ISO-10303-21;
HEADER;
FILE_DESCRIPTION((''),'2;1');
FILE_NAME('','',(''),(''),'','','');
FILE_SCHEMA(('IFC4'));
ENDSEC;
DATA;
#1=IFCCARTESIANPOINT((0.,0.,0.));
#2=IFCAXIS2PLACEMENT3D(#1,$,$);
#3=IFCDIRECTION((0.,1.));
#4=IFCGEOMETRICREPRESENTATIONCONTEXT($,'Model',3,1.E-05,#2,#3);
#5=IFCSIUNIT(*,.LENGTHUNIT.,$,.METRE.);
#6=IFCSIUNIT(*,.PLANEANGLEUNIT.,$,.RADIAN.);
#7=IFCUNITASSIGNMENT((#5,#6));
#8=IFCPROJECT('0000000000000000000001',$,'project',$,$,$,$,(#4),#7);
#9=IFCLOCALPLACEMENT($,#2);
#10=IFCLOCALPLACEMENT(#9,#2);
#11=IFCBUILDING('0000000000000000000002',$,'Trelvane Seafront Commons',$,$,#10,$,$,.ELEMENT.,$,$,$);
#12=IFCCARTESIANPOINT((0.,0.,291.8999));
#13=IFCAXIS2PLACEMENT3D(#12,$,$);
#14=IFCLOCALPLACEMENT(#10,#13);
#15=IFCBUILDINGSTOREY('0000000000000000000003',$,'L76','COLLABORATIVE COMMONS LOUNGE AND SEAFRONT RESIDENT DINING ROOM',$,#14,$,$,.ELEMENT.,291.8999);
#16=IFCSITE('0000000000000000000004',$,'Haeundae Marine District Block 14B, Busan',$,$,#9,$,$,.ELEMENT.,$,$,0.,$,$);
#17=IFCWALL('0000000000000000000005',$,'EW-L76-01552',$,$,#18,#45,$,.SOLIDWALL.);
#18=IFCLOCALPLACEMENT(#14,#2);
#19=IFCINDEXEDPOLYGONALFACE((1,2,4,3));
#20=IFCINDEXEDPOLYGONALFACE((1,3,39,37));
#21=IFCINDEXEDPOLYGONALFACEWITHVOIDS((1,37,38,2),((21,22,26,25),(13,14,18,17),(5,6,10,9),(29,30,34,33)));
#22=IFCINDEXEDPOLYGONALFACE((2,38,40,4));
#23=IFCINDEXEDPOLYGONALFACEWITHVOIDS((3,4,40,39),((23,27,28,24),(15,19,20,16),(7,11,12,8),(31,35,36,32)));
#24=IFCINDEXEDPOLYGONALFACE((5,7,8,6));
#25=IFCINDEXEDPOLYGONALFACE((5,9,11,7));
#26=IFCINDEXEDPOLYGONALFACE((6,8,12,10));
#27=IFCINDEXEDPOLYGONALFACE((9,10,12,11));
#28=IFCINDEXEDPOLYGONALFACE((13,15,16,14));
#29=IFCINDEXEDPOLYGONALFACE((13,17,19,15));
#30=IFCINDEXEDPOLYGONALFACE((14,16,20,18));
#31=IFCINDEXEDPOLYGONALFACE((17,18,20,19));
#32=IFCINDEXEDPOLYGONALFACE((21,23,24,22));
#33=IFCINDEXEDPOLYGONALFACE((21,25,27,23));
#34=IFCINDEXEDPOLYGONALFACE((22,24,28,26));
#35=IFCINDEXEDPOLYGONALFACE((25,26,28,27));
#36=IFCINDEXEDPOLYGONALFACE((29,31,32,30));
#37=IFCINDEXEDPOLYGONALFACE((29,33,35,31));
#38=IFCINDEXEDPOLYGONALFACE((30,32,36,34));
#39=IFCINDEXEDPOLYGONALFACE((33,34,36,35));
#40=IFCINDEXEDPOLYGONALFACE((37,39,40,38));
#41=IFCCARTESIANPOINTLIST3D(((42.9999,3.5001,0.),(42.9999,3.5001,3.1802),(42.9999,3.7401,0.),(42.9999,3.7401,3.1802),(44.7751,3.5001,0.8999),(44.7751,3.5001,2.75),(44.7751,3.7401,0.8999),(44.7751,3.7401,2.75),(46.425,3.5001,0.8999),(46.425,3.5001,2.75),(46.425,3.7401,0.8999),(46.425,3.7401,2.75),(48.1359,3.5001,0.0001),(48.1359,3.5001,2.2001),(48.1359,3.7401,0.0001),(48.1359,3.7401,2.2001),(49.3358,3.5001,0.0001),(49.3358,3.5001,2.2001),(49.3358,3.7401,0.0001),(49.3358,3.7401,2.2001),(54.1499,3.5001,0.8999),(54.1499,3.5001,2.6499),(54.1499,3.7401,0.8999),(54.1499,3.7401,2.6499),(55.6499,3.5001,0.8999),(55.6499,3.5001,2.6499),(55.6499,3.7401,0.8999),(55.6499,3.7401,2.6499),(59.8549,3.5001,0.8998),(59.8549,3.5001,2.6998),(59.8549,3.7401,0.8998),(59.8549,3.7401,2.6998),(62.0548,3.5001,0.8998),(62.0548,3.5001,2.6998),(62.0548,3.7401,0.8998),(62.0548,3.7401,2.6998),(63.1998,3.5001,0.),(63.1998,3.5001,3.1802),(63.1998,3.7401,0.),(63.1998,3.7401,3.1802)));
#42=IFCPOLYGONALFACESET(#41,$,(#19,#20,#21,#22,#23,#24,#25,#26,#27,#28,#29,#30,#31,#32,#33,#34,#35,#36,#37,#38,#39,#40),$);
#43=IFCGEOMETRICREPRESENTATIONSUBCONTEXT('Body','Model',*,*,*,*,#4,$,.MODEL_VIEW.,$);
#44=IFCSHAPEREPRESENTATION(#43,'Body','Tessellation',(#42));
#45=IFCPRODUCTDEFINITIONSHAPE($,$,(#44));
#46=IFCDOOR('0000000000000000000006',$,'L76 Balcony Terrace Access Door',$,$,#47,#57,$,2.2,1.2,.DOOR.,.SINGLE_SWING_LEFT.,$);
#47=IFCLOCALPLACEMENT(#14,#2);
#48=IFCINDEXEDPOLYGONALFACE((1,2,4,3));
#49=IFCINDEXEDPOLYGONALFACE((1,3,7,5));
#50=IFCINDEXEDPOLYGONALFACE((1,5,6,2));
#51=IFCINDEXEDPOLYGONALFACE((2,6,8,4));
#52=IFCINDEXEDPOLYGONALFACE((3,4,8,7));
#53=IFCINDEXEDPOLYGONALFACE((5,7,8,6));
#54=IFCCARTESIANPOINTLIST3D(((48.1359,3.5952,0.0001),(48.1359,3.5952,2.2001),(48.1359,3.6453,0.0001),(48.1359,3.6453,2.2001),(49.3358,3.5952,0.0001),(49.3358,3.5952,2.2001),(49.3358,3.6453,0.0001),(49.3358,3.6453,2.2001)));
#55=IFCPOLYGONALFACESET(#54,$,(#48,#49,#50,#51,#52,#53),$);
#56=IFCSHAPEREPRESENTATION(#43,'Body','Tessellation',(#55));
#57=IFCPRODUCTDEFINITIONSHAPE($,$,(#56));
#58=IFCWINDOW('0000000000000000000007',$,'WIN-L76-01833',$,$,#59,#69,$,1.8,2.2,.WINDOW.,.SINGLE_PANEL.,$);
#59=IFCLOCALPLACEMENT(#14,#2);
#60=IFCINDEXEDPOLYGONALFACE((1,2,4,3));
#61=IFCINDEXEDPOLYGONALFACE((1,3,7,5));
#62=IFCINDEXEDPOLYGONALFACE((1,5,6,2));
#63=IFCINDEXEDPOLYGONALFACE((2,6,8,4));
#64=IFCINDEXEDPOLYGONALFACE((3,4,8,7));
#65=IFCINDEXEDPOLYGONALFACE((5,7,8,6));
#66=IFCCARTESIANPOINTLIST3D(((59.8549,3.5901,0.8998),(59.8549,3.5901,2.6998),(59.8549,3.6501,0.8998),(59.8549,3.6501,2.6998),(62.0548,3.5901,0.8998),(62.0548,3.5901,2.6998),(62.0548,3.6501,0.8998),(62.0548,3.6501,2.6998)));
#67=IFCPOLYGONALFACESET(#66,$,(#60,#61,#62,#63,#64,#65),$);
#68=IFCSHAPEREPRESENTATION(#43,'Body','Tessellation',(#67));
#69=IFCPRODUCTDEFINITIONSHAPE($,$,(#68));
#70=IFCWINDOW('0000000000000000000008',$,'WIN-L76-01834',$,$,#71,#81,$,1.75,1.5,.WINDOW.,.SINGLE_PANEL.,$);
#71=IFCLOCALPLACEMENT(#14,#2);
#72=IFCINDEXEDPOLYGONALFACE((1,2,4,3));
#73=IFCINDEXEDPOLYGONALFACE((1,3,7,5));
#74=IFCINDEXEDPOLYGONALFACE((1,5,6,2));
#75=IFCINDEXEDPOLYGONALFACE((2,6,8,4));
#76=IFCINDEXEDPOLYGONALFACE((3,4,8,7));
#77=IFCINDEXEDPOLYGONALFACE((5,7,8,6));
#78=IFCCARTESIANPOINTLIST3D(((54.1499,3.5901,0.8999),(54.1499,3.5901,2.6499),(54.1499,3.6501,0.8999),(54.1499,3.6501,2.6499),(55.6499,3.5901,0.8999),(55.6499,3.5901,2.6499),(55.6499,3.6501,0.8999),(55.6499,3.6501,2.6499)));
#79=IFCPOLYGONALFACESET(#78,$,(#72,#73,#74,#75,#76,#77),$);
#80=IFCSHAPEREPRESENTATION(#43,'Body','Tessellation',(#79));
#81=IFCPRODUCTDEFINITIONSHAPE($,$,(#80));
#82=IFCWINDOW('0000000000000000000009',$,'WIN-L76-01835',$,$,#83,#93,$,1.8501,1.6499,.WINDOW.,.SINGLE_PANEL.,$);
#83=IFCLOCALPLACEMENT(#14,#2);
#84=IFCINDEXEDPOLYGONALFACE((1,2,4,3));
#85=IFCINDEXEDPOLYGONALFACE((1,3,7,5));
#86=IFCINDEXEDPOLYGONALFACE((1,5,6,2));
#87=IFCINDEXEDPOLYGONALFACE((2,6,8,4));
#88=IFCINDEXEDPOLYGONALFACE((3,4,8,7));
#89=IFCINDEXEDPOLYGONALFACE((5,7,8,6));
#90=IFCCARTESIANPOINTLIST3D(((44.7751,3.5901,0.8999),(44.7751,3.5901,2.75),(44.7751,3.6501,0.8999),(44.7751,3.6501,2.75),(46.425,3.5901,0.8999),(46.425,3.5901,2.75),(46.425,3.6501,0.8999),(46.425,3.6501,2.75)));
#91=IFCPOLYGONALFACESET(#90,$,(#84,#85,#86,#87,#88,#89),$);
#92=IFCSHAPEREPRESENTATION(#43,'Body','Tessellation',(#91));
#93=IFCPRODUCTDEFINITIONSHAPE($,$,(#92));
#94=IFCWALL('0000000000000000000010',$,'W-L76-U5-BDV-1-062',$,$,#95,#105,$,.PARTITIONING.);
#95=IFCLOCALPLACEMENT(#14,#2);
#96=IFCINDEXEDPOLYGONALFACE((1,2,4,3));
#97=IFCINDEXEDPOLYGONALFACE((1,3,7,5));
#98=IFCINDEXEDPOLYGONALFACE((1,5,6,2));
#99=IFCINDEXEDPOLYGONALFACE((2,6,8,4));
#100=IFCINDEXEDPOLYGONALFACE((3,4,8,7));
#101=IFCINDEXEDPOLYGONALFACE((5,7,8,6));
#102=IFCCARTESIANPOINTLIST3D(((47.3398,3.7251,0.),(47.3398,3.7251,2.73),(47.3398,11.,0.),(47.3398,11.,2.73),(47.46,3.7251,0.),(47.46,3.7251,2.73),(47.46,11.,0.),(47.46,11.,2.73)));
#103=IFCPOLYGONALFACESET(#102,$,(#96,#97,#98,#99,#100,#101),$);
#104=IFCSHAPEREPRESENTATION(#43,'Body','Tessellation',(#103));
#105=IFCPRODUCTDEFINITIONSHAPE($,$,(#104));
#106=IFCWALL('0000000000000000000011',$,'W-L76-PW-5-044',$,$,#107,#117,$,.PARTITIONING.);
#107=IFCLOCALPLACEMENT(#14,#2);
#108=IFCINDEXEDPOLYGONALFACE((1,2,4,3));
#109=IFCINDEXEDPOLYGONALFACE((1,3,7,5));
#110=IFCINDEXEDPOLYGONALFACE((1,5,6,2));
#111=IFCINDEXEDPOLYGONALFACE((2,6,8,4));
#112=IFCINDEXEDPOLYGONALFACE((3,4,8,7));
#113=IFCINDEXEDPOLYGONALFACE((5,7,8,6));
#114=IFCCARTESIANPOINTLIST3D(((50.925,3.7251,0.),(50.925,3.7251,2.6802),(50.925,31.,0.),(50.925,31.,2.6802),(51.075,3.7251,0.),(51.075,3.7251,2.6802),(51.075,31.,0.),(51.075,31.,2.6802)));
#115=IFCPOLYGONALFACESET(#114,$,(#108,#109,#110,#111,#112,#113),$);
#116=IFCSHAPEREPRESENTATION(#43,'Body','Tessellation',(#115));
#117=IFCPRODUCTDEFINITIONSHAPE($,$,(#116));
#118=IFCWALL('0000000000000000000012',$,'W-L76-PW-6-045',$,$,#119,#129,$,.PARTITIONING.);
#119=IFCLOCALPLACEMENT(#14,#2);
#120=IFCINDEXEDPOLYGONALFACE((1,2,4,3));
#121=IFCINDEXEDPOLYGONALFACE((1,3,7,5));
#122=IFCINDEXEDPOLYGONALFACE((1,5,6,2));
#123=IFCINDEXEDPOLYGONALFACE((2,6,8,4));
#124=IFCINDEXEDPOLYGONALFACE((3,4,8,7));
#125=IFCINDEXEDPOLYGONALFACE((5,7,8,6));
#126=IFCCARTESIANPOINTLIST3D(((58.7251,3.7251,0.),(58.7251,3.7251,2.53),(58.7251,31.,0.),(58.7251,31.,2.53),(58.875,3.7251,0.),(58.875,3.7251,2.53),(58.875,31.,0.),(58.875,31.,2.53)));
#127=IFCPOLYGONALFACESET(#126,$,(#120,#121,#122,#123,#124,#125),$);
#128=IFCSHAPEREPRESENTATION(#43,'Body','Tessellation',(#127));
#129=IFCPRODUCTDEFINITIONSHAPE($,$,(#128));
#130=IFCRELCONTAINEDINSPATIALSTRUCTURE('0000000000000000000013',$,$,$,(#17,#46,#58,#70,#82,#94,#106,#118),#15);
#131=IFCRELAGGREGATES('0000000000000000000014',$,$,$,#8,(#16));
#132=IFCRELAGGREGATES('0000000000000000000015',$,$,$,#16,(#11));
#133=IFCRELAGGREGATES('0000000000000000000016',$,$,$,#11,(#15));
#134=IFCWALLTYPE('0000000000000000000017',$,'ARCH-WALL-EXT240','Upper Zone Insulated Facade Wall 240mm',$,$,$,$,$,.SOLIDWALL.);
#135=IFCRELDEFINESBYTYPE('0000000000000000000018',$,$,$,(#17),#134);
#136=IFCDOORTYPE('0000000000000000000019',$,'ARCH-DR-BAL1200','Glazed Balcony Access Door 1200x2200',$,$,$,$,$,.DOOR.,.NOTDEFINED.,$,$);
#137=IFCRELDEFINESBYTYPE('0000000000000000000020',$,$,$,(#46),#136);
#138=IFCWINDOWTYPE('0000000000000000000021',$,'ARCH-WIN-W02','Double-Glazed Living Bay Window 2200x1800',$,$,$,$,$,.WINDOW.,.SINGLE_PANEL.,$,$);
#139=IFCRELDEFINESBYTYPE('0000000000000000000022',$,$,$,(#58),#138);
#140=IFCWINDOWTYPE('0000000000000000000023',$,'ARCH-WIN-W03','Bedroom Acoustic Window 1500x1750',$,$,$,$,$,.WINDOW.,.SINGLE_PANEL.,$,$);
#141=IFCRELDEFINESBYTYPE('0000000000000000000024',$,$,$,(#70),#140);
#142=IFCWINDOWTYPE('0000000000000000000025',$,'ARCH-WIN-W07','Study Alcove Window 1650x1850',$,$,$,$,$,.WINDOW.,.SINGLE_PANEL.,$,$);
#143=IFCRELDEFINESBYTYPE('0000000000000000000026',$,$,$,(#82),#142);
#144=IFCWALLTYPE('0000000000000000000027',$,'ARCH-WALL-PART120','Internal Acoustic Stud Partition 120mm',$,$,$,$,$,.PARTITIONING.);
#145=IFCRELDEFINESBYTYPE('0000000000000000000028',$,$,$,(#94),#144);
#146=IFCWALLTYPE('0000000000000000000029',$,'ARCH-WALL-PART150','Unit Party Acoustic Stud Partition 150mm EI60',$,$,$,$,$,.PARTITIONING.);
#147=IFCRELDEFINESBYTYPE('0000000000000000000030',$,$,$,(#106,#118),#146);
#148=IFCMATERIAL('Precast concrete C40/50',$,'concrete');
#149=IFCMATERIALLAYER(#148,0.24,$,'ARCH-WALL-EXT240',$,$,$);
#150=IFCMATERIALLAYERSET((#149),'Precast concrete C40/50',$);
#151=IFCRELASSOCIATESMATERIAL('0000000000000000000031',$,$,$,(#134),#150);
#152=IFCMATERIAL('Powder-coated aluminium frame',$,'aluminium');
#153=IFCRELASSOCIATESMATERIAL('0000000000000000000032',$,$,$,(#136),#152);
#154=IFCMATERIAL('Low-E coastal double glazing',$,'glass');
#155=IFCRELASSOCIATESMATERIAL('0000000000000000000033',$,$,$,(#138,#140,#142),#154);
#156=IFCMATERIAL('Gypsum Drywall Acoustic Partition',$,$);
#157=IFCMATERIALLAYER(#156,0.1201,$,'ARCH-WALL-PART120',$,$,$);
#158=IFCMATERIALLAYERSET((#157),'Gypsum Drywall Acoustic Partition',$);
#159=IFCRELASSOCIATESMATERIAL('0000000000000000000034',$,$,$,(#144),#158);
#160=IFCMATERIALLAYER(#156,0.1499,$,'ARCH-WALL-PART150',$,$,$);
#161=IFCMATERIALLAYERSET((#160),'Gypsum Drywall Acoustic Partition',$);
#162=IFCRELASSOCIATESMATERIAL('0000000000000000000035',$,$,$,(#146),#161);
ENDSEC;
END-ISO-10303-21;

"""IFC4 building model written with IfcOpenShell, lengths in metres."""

from ifc_helpers import new_model, si_unit, direction, frame, frame_2d, origin, place, context, subcontext, project, spatial, rectangle, extrude, source, transform, mapped, material, layer, layer_set, type_object, element, fill, save


model = new_model("IFC4")

# Units and contexts
model_context = context("Model", 3, precision=1e-05, world=origin(), true_north=direction((0.0, 1.0)))
body_context = subcontext(model_context, "Body", "Model", "MODEL_VIEW")
ifc_project = project(units=[si_unit("LENGTHUNIT", "METRE"), si_unit("PLANEANGLEUNIT", "RADIAN")], contexts=[model_context])

# Site, building, storey
site_placement = place(None, origin())
site = spatial("IfcSite", under=ifc_project, at=site_placement, Name="Haeundae Marine District Block 14B, Busan", CompositionType="ELEMENT", RefElevation=0.0)
building_placement = place(site_placement, origin())
building = spatial("IfcBuilding", under=site, at=building_placement, Name="Trelvane Seafront Commons", CompositionType="ELEMENT")
storey_placement = place(building_placement, frame((0.0, 0.0, 291.8999)))
storey = spatial("IfcBuildingStorey", under=building, at=storey_placement, Name="L76", Description="COLLABORATIVE COMMONS LOUNGE AND SEAFRONT RESIDENT DINING ROOM", CompositionType="ELEMENT", Elevation=291.8999)

# Shared definitions
ifc_material_1 = material(Name="Precast concrete C40/50", Category="concrete")
ifc_layer_1 = layer(ifc_material_1, 0.24, Name="ARCH-WALL-EXT240")
ifc_layer_set_1 = layer_set([ifc_layer_1], Name="Precast concrete C40/50")
wall_type_1 = type_object("IfcWallType", Name="ARCH-WALL-EXT240", Description="Upper Zone Insulated Facade Wall 240mm", PredefinedType="SOLIDWALL", material=ifc_layer_set_1)

# Wall, openings, door, windows
wall_1_placement = place(storey_placement, frame((63.2, 3.6201, 0.0), z_axis=(0.0, 0.0, 1.0), x_axis=(-1.0, 0.0, 0.0)))
wall_1 = element("IfcWall", 1, at=wall_1_placement, inside=storey, type_object=wall_type_1, Name="EW-L76-01552", PredefinedType="SOLIDWALL", context=body_context, shape_type="SweptSolid", body=[
    extrude(rectangle(XDim=20.2, YDim=0.24, at=frame_2d((10.1001, 0.0))), origin(), (0.0, 0.0, 1.0), 3.1802),
])
opening_1_placement = place(wall_1_placement, frame((1.145, 0.0, 0.8999)))
opening_1 = element("IfcOpeningElement", 2, at=opening_1_placement, cuts=wall_1, PredefinedType="OPENING", context=body_context, shape_type="SweptSolid", body=[
    extrude(rectangle(XDim=2.2, YDim=1.8, at=frame_2d((1.1001, 0.8999))), frame((0.0, 0.1299, 0.0), z_axis=(0.0, -1.0, 0.0), x_axis=(1.0, 0.0, 0.0)), (0.0, 0.0, 1.0), 0.26),
])
opening_2_placement = place(wall_1_placement, frame((7.55, 0.0, 0.8999)))
opening_2 = element("IfcOpeningElement", 3, at=opening_2_placement, cuts=wall_1, PredefinedType="OPENING", context=body_context, shape_type="SweptSolid", body=[
    extrude(rectangle(XDim=1.5, YDim=1.75, at=frame_2d((0.75, 0.875))), frame((0.0, 0.1299, 0.0), z_axis=(0.0, -1.0, 0.0), x_axis=(1.0, 0.0, 0.0)), (0.0, 0.0, 1.0), 0.26),
])
opening_3_placement = place(wall_1_placement, frame((13.864, 0.0, 0.0)))
opening_3 = element("IfcOpeningElement", 4, at=opening_3_placement, cuts=wall_1, PredefinedType="OPENING", context=body_context, shape_type="SweptSolid", body=[
    extrude(rectangle(XDim=1.2, YDim=2.2, at=frame_2d((0.6001, 1.1001))), frame((0.0, 0.1299, 0.0), z_axis=(0.0, -1.0, 0.0), x_axis=(1.0, 0.0, 0.0)), (0.0, 0.0, 1.0), 0.26),
])
opening_4_placement = place(wall_1_placement, frame((16.7749, 0.0, 0.8999)))
opening_4 = element("IfcOpeningElement", 5, at=opening_4_placement, cuts=wall_1, PredefinedType="OPENING", context=body_context, shape_type="SweptSolid", body=[
    extrude(rectangle(XDim=1.6499, YDim=1.8501, at=frame_2d((0.825, 0.925))), frame((0.0, 0.1299, 0.0), z_axis=(0.0, -1.0, 0.0), x_axis=(1.0, 0.0, 0.0)), (0.0, 0.0, 1.0), 0.26),
])
ifc_material_2 = material(Name="Powder-coated aluminium frame", Category="aluminium")
door_type = type_object("IfcDoorType", Name="ARCH-DR-BAL1200", Description="Glazed Balcony Access Door 1200x2200", OperationType="NOTDEFINED", PredefinedType="DOOR", material=ifc_material_2)
shared_shape_1 = source(origin(), body_context, "Body", "SweptSolid", [
    extrude(rectangle(XDim=1.2, YDim=2.2, at=frame_2d((0.6001, 1.1001))), frame((0.0, 0.0249, 0.0), z_axis=(0.0, -1.0, 0.0), x_axis=(1.0, 0.0, 0.0)), (0.0, 0.0, 1.0), 0.05),
])
door_placement = place(opening_3_placement, origin())
door = element("IfcDoor", 6, at=door_placement, inside=storey, type_object=door_type, Name="L76 Balcony Terrace Access Door", OperationType="SINGLE_SWING_LEFT", OverallHeight=2.2, OverallWidth=1.2, PredefinedType="DOOR", context=body_context, shape_type="MappedRepresentation", body=[
    mapped(shared_shape_1, transform((0.0, 0.0, 0.0), x_axis=(1.0, 0.0, 0.0), y_axis=(0.0, 1.0, 0.0), z_axis=(0.0, 0.0, 1.0), scale=1.0)),
])
fill(opening_3, door)
ifc_material_3 = material(Name="Low-E coastal double glazing", Category="glass")
window_type_1 = type_object("IfcWindowType", Name="ARCH-WIN-W02", Description="Double-Glazed Living Bay Window 2200x1800", PartitioningType="SINGLE_PANEL", PredefinedType="WINDOW", material=ifc_material_3)
shared_shape_2 = source(origin(), body_context, "Body", "SweptSolid", [
    extrude(rectangle(XDim=2.2, YDim=1.8, at=frame_2d((1.1001, 0.8999))), frame((0.0, 0.03, 0.0), z_axis=(0.0, -1.0, 0.0), x_axis=(1.0, 0.0, 0.0)), (0.0, 0.0, 1.0), 0.0601),
])
window_1_placement = place(opening_1_placement, origin())
window_1 = element("IfcWindow", 7, at=window_1_placement, inside=storey, type_object=window_type_1, Name="WIN-L76-01833", OverallHeight=1.8, OverallWidth=2.2, PartitioningType="SINGLE_PANEL", PredefinedType="WINDOW", context=body_context, shape_type="MappedRepresentation", body=[
    mapped(shared_shape_2, transform((0.0, 0.0, 0.0), x_axis=(1.0, 0.0, 0.0), y_axis=(0.0, 1.0, 0.0), z_axis=(0.0, 0.0, 1.0), scale=1.0)),
])
fill(opening_1, window_1)
window_type_2 = type_object("IfcWindowType", Name="ARCH-WIN-W03", Description="Bedroom Acoustic Window 1500x1750", PartitioningType="SINGLE_PANEL", PredefinedType="WINDOW", material=ifc_material_3)
shared_shape_3 = source(origin(), body_context, "Body", "SweptSolid", [
    extrude(rectangle(XDim=1.5, YDim=1.75, at=frame_2d((0.75, 0.875))), frame((0.0, 0.03, 0.0), z_axis=(0.0, -1.0, 0.0), x_axis=(1.0, 0.0, 0.0)), (0.0, 0.0, 1.0), 0.0601),
])
window_2_placement = place(opening_2_placement, origin())
window_2 = element("IfcWindow", 8, at=window_2_placement, inside=storey, type_object=window_type_2, Name="WIN-L76-01834", OverallHeight=1.75, OverallWidth=1.5, PartitioningType="SINGLE_PANEL", PredefinedType="WINDOW", context=body_context, shape_type="MappedRepresentation", body=[
    mapped(shared_shape_3, transform((0.0, 0.0, 0.0), x_axis=(1.0, 0.0, 0.0), y_axis=(0.0, 1.0, 0.0), z_axis=(0.0, 0.0, 1.0), scale=1.0)),
])
fill(opening_2, window_2)
window_type_3 = type_object("IfcWindowType", Name="ARCH-WIN-W07", Description="Study Alcove Window 1650x1850", PartitioningType="SINGLE_PANEL", PredefinedType="WINDOW", material=ifc_material_3)
shared_shape_4 = source(origin(), body_context, "Body", "SweptSolid", [
    extrude(rectangle(XDim=1.6499, YDim=1.8501, at=frame_2d((0.825, 0.925))), frame((0.0, 0.03, 0.0), z_axis=(0.0, -1.0, 0.0), x_axis=(1.0, 0.0, 0.0)), (0.0, 0.0, 1.0), 0.0601),
])
window_3_placement = place(opening_4_placement, origin())
window_3 = element("IfcWindow", 9, at=window_3_placement, inside=storey, type_object=window_type_3, Name="WIN-L76-01835", OverallHeight=1.8501, OverallWidth=1.6499, PartitioningType="SINGLE_PANEL", PredefinedType="WINDOW", context=body_context, shape_type="MappedRepresentation", body=[
    mapped(shared_shape_4, transform((0.0, 0.0, 0.0), x_axis=(1.0, 0.0, 0.0), y_axis=(0.0, 1.0, 0.0), z_axis=(0.0, 0.0, 1.0), scale=1.0)),
])
fill(opening_4, window_3)

# Walls
ifc_material_4 = material(Name="Gypsum Drywall Acoustic Partition")
ifc_layer_2 = layer(ifc_material_4, 0.1201, Name="ARCH-WALL-PART120")
ifc_layer_set_2 = layer_set([ifc_layer_2], Name="Gypsum Drywall Acoustic Partition")
wall_type_2 = type_object("IfcWallType", Name="ARCH-WALL-PART120", Description="Internal Acoustic Stud Partition 120mm", PredefinedType="PARTITIONING", material=ifc_layer_set_2)
wall_2_placement = place(storey_placement, frame((47.3999, 3.7251, 0.0), z_axis=(0.0, 0.0, 1.0), x_axis=(0.0, 1.0, 0.0)))
element("IfcWall", 10, at=wall_2_placement, inside=storey, type_object=wall_type_2, Name="W-L76-U5-BDV-1-062", PredefinedType="PARTITIONING", context=body_context, shape_type="SweptSolid", body=[
    extrude(rectangle(XDim=7.2749, YDim=0.1201, at=frame_2d((3.6375, 0.0))), origin(), (0.0, 0.0, 1.0), 2.73),
])
ifc_layer_3 = layer(ifc_material_4, 0.1499, Name="ARCH-WALL-PART150")
ifc_layer_set_3 = layer_set([ifc_layer_3], Name="Gypsum Drywall Acoustic Partition")
wall_type_3 = type_object("IfcWallType", Name="ARCH-WALL-PART150", Description="Unit Party Acoustic Stud Partition 150mm EI60", PredefinedType="PARTITIONING", material=ifc_layer_set_3)
wall_3_placement = place(storey_placement, frame((51.0, 3.7251, 0.0), z_axis=(0.0, 0.0, 1.0), x_axis=(0.0, 1.0, 0.0)))
element("IfcWall", 11, at=wall_3_placement, inside=storey, type_object=wall_type_3, Name="W-L76-PW-5-044", PredefinedType="PARTITIONING", context=body_context, shape_type="SweptSolid", body=[
    extrude(rectangle(XDim=27.2749, YDim=0.1499, at=frame_2d((13.6375, 0.0))), origin(), (0.0, 0.0, 1.0), 2.6802),
])
wall_4_placement = place(storey_placement, frame((58.8, 3.7251, 0.0), z_axis=(0.0, 0.0, 1.0), x_axis=(0.0, 1.0, 0.0)))
element("IfcWall", 12, at=wall_4_placement, inside=storey, type_object=wall_type_3, Name="W-L76-PW-6-045", PredefinedType="PARTITIONING", context=body_context, shape_type="SweptSolid", body=[
    extrude(rectangle(XDim=27.2749, YDim=0.1499, at=frame_2d((13.6375, 0.0))), origin(), (0.0, 0.0, 1.0), 2.53),
])

save(model, "model.ifc")
